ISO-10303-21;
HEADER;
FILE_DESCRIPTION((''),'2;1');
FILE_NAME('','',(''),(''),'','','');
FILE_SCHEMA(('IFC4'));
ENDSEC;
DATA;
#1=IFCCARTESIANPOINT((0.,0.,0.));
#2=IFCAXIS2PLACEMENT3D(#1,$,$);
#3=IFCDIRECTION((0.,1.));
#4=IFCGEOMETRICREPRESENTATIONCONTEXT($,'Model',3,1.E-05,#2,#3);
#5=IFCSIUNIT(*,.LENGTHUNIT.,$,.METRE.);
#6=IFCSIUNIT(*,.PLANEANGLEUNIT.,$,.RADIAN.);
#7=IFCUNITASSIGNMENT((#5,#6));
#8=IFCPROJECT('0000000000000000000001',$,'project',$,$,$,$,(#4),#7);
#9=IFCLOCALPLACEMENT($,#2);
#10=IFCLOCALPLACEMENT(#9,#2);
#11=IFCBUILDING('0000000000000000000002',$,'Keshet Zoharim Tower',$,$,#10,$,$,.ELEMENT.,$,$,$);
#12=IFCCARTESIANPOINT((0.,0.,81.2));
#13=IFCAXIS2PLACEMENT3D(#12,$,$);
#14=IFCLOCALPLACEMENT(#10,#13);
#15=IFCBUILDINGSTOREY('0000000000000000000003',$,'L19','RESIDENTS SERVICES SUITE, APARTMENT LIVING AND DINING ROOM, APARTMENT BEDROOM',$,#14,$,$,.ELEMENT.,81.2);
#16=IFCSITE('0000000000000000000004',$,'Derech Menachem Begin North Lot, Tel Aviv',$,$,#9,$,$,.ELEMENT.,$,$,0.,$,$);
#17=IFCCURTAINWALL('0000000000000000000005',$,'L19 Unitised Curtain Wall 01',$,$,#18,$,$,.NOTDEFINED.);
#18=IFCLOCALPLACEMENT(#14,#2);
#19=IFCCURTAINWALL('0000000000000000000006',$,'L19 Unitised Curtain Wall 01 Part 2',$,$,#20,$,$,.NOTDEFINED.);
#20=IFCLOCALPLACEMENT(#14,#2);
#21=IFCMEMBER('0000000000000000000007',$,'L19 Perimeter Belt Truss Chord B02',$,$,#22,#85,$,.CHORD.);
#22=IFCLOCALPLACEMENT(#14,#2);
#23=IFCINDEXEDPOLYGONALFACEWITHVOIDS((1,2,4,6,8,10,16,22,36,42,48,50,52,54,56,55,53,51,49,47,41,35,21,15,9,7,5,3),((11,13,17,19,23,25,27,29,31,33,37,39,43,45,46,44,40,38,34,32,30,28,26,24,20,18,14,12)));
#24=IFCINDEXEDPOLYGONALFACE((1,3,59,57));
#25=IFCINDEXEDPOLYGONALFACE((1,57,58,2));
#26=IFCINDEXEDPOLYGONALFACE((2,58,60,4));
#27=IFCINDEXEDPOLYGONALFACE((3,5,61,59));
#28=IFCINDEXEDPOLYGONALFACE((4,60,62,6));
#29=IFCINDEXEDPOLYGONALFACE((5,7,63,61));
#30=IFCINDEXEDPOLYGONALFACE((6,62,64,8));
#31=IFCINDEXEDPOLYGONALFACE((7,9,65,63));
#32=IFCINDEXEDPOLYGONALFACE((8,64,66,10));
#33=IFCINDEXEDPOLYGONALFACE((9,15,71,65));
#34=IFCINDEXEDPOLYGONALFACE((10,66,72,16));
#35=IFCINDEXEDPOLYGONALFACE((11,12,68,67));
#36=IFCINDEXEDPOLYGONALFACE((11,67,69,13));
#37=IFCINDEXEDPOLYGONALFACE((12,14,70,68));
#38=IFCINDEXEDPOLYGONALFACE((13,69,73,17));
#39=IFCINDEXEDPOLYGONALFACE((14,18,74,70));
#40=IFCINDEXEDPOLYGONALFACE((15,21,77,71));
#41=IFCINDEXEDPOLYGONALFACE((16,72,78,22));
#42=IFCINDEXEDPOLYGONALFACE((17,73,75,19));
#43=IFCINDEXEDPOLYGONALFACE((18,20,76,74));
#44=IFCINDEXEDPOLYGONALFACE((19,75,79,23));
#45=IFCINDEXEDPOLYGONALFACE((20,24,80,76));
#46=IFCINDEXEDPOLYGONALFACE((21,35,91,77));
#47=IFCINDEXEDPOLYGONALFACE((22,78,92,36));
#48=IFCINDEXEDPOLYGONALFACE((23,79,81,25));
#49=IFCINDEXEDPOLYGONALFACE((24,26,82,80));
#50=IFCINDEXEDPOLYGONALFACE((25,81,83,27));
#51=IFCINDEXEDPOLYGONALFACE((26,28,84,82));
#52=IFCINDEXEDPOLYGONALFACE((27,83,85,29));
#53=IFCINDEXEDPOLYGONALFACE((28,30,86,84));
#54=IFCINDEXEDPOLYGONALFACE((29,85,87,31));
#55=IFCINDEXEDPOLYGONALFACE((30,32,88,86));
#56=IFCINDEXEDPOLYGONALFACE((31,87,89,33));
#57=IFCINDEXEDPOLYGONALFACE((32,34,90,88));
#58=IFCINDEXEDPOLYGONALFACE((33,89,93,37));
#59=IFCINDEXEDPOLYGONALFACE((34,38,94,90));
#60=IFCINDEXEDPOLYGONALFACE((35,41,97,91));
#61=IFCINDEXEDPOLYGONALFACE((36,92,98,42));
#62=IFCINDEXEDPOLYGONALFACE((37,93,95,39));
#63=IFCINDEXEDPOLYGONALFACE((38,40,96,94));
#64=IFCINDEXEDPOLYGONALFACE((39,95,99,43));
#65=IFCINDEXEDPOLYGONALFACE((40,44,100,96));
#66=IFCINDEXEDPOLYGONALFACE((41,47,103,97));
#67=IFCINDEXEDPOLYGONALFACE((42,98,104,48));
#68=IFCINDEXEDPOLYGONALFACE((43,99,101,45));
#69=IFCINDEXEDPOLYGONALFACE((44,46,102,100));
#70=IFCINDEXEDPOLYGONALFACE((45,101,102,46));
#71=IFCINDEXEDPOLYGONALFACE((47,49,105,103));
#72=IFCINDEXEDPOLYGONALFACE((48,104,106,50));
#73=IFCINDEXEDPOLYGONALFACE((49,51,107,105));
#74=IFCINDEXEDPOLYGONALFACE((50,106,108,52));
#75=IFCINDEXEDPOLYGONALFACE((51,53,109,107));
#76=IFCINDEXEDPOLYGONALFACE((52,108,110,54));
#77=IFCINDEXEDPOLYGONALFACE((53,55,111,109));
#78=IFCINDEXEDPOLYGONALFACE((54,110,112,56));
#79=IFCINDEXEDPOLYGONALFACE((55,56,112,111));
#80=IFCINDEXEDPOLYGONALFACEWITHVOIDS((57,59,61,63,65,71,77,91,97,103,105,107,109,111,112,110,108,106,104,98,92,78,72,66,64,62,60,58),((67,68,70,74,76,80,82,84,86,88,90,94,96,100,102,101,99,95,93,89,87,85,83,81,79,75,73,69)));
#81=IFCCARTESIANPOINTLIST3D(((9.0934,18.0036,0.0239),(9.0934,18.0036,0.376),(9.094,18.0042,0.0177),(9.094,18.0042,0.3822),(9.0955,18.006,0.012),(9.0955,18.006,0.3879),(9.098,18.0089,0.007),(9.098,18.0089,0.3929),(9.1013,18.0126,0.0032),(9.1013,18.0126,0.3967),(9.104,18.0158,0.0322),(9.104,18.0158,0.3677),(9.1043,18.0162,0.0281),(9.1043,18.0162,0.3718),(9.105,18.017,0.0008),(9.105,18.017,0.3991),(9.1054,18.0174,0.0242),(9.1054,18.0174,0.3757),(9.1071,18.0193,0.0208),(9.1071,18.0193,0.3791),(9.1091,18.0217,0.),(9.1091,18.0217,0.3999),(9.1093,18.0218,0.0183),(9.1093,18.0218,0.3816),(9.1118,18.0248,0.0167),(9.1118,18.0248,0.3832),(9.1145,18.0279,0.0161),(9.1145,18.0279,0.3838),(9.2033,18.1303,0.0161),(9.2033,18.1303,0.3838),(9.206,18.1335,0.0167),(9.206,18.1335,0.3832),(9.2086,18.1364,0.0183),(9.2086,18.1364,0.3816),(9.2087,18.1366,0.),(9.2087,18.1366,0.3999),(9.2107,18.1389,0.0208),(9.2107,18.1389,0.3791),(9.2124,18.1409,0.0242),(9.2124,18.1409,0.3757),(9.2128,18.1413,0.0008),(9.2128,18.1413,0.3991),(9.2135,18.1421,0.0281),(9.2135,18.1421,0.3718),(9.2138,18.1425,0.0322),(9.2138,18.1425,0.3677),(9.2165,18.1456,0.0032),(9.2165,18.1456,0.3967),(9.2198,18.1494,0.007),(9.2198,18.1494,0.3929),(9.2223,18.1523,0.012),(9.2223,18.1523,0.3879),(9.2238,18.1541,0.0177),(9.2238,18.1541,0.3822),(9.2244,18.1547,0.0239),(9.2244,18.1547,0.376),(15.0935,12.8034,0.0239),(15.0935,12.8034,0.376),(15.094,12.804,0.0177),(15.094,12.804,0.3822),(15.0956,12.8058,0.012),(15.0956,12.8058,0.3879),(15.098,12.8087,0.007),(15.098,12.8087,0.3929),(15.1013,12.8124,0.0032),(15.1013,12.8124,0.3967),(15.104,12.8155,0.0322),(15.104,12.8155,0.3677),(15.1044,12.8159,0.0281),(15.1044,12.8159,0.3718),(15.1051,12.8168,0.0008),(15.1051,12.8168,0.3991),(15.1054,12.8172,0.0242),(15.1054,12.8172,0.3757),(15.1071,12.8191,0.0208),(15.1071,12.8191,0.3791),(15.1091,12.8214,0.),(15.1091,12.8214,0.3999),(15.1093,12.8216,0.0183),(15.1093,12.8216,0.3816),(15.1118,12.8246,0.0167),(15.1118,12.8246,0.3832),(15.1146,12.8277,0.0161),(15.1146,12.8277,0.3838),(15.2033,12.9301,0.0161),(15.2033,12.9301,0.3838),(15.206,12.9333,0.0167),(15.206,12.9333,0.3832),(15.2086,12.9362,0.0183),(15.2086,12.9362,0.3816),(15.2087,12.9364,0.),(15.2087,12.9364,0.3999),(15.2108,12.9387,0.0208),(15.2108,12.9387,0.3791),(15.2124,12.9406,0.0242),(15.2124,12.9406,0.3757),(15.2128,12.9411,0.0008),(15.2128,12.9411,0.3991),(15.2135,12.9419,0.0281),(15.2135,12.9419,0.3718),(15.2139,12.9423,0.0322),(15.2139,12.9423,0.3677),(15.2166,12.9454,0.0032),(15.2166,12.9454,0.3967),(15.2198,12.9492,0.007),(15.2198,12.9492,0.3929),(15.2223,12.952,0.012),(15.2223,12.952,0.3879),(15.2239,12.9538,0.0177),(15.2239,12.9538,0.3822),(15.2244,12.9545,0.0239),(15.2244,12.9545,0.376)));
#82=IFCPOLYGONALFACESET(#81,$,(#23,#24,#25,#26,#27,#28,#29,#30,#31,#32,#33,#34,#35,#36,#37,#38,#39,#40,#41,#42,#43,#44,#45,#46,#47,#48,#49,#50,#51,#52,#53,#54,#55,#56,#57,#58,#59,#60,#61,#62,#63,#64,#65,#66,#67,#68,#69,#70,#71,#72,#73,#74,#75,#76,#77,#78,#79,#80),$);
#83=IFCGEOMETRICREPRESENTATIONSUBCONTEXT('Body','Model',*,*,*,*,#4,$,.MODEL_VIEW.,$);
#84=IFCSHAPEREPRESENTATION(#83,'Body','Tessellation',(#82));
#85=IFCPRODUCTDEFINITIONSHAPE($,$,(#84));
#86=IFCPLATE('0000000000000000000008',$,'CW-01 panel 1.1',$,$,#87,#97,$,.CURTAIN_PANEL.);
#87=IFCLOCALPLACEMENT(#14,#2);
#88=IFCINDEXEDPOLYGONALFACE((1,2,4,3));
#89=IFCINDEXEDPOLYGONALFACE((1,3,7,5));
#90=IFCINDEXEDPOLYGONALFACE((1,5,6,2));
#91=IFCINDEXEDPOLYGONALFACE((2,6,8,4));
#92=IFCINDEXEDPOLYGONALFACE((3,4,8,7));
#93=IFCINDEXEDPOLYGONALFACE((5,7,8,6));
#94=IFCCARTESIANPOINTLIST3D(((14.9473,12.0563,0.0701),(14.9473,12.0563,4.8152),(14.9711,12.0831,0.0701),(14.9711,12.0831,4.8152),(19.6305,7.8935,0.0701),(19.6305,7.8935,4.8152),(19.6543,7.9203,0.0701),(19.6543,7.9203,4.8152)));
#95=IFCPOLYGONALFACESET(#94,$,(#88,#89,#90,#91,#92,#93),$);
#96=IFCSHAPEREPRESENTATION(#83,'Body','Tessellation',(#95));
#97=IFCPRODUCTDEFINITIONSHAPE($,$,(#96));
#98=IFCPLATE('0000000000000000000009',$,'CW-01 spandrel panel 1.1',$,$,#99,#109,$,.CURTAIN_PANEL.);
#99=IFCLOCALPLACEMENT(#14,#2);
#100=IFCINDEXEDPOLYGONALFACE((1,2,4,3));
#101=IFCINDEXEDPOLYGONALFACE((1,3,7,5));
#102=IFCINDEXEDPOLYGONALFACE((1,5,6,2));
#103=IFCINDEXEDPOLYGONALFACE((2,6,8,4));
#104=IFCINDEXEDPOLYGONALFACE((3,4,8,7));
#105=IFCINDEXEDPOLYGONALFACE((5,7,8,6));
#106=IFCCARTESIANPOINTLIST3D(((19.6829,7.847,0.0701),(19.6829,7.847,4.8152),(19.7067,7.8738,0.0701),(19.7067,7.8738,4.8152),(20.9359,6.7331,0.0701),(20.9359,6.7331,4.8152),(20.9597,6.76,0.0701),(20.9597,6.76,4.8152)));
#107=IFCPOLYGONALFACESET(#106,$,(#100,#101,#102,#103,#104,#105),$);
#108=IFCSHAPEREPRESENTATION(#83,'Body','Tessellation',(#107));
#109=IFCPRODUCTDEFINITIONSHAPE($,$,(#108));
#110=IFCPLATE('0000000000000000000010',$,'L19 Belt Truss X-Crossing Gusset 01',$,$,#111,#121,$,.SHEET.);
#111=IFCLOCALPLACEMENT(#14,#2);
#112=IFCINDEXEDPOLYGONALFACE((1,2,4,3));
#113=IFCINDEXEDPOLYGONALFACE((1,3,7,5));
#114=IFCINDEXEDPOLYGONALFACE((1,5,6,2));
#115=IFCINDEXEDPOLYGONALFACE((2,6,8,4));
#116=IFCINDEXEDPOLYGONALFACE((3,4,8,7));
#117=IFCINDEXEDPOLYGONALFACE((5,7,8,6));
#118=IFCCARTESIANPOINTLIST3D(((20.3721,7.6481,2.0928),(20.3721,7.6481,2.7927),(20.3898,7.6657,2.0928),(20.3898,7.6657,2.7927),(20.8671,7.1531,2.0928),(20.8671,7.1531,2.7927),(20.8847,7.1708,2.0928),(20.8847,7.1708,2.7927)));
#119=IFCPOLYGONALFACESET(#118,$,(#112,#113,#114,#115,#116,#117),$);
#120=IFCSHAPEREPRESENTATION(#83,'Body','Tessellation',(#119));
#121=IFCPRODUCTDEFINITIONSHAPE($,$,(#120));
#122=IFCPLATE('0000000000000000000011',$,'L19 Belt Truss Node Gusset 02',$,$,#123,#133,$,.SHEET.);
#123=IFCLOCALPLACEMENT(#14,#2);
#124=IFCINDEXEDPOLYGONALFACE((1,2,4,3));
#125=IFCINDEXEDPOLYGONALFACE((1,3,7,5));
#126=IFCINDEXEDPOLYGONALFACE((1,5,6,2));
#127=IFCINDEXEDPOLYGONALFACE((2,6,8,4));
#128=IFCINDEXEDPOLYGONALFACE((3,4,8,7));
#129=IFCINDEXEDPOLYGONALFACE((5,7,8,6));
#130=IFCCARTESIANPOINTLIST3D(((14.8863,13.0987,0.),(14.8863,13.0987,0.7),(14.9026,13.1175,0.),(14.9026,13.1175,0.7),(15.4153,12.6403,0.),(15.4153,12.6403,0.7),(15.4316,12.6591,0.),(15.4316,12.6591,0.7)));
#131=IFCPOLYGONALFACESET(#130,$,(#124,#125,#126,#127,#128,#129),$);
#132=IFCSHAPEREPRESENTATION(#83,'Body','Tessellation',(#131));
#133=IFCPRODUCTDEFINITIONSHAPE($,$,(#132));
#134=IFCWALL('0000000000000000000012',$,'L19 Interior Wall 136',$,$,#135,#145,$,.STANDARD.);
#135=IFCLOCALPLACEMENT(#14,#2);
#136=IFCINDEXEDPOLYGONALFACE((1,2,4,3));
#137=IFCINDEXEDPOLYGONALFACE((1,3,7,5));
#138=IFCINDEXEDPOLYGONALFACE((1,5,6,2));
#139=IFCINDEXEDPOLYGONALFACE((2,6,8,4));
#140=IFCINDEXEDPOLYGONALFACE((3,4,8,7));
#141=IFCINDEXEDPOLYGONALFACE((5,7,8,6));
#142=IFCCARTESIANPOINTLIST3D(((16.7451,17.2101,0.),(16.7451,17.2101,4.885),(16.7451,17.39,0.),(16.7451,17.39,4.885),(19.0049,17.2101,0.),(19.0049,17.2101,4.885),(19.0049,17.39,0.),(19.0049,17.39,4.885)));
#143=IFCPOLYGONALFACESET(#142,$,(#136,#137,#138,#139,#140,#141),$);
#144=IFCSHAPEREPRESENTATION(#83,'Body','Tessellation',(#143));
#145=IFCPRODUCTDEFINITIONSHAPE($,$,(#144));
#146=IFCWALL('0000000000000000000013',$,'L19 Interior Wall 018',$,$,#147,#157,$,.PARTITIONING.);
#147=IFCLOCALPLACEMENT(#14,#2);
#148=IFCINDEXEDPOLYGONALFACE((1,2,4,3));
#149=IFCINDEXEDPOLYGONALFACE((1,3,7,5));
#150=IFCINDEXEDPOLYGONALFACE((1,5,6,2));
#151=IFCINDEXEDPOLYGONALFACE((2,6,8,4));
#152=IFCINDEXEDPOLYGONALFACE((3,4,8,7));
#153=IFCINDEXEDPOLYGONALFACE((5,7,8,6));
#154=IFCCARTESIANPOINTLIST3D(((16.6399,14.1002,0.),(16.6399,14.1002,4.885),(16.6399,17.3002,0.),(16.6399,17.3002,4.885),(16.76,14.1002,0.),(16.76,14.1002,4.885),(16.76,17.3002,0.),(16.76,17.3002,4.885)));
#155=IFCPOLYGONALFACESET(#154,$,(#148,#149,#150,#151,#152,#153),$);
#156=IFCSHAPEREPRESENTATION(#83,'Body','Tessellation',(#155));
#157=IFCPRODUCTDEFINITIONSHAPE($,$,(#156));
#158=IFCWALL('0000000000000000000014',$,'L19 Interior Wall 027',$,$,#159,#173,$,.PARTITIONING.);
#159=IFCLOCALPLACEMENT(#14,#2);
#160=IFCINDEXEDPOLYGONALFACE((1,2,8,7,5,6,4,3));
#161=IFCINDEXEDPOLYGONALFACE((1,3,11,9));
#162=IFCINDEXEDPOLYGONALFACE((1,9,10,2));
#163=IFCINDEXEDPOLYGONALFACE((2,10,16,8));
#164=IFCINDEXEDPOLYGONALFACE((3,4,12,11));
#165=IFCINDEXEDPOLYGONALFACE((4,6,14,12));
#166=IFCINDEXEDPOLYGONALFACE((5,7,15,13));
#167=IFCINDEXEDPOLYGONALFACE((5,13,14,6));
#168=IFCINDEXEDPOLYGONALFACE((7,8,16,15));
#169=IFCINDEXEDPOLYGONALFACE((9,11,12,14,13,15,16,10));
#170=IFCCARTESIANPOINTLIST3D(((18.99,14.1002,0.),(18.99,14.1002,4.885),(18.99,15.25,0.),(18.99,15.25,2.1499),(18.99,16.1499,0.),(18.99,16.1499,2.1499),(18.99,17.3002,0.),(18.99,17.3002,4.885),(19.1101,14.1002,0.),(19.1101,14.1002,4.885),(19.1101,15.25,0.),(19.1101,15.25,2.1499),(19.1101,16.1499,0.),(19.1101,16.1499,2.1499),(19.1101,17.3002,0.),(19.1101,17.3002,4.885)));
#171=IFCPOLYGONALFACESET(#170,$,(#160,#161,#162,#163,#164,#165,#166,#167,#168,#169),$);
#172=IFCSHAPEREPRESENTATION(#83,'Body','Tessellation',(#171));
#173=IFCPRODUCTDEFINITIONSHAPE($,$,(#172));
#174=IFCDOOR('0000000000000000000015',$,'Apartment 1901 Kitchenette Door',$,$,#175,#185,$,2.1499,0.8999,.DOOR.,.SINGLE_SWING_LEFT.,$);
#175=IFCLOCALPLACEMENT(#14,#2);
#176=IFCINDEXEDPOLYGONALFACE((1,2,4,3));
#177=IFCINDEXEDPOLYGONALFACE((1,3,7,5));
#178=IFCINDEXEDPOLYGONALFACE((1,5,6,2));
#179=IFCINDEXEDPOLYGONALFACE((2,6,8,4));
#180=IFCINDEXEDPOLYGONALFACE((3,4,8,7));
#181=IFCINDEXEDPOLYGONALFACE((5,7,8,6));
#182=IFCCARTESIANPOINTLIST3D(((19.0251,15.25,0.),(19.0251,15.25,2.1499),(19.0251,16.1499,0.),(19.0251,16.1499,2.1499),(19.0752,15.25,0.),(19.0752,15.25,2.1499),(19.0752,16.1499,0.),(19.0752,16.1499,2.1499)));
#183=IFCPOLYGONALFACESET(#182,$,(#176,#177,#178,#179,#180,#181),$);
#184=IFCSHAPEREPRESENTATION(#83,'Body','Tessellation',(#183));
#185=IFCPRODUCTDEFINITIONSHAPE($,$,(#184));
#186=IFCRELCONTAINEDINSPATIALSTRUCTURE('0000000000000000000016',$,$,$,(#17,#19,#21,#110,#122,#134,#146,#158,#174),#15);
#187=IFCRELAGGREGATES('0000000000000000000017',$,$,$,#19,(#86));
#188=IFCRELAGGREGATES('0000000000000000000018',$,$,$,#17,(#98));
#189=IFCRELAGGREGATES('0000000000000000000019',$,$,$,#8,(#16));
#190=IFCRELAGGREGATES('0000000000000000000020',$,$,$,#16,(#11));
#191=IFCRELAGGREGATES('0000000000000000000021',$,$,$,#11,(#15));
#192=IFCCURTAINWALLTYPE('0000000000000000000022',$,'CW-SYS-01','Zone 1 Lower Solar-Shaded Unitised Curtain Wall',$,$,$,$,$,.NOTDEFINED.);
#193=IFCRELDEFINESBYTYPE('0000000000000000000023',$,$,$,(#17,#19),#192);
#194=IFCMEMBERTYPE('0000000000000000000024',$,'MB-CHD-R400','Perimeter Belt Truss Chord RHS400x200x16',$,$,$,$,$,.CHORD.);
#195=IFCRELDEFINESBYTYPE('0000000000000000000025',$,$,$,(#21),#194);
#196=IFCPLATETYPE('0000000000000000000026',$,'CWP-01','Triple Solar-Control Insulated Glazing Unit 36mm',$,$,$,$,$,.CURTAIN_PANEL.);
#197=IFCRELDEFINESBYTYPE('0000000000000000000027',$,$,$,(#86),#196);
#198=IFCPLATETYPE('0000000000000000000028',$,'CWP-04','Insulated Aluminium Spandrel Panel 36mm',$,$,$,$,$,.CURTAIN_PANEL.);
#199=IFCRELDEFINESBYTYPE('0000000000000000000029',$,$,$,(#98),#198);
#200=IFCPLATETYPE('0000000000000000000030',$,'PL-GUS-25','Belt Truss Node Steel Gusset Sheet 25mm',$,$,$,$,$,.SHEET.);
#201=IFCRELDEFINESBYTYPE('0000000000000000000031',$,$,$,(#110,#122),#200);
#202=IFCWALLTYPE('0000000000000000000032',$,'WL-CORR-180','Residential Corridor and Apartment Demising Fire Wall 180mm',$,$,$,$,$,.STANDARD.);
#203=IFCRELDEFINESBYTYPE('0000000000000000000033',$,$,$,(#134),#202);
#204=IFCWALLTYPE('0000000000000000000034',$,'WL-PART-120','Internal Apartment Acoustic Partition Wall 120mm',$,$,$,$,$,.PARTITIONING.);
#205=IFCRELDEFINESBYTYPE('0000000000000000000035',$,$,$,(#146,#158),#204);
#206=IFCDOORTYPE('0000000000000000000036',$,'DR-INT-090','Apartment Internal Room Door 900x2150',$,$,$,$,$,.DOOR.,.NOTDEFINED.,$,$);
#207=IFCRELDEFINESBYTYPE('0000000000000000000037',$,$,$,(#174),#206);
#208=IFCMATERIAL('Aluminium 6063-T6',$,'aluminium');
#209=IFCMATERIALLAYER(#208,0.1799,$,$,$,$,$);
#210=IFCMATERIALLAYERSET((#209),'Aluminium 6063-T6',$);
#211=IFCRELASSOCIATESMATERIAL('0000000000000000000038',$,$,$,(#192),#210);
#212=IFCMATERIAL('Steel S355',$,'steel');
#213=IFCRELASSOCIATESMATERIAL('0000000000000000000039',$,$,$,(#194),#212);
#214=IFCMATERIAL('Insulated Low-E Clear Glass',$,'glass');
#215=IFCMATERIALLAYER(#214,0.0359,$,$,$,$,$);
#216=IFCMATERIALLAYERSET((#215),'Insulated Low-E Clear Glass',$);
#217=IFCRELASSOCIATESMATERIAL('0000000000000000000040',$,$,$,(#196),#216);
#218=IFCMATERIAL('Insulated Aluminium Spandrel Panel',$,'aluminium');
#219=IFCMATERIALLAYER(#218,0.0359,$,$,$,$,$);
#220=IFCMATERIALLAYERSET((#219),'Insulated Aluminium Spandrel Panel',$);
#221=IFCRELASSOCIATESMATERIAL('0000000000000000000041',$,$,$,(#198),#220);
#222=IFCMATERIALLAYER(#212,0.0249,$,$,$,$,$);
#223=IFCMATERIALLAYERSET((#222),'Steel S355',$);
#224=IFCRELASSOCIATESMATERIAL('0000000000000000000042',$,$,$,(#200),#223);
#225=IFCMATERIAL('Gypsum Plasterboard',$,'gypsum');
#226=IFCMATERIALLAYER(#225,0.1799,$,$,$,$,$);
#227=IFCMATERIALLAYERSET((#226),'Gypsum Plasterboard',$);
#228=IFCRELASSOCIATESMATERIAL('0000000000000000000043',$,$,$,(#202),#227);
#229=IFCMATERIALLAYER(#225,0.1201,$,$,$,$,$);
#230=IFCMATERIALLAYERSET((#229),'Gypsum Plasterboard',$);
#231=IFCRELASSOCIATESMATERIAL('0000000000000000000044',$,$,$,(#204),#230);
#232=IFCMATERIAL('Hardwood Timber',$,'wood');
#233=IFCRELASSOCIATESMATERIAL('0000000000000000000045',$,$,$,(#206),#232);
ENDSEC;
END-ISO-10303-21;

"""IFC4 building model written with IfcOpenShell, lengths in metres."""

from ifc_helpers import new_model, si_unit, direction, frame, frame_2d, origin, origin_2d, place, context, subcontext, project, spatial, rectangle, hollow_rectangle, extrude, material, layer, layer_set, material_profile, profile_set, type_object, element, fill, aggregate, save


model = new_model("IFC4")

# Units and contexts
model_context = context("Model", 3, precision=1e-05, world=origin(), true_north=direction((0.0, 1.0)))
body_context = subcontext(model_context, "Body", "Model", "MODEL_VIEW")
ifc_project = project(units=[si_unit("LENGTHUNIT", "METRE"), si_unit("PLANEANGLEUNIT", "RADIAN")], contexts=[model_context])

# Site, building, storey
site_placement = place(None, origin())
site = spatial("IfcSite", under=ifc_project, at=site_placement, Name="Derech Menachem Begin North Lot, Tel Aviv", CompositionType="ELEMENT", RefElevation=0.0)
building_placement = place(site_placement, origin())
building = spatial("IfcBuilding", under=site, at=building_placement, Name="Keshet Zoharim Tower", CompositionType="ELEMENT")
storey_placement = place(building_placement, frame((0.0, 0.0, 81.2)))
storey = spatial("IfcBuildingStorey", under=building, at=storey_placement, Name="L19", Description="RESIDENTS SERVICES SUITE, APARTMENT LIVING AND DINING ROOM, APARTMENT BEDROOM", CompositionType="ELEMENT", Elevation=81.2)

# Shared definitions
ifc_material_1 = material(Name="Steel S355", Category="steel")

# Curtain walls
ifc_material_2 = material(Name="Aluminium 6063-T6", Category="aluminium")
ifc_layer_1 = layer(ifc_material_2, 0.1799)
ifc_layer_set_1 = layer_set([ifc_layer_1], Name="Aluminium 6063-T6")
curtain_wall_type = type_object("IfcCurtainWallType", Name="CW-SYS-01", Description="Zone 1 Lower Solar-Shaded Unitised Curtain Wall", PredefinedType="NOTDEFINED", material=ifc_layer_set_1)
curtain_wall_1_placement = place(storey_placement, origin())
curtain_wall_1 = element("IfcCurtainWall", 1, at=curtain_wall_1_placement, inside=storey, type_object=curtain_wall_type, Name="L19 Unitised Curtain Wall 01", PredefinedType="NOTDEFINED")
curtain_wall_2_placement = place(storey_placement, origin())
curtain_wall_2 = element("IfcCurtainWall", 2, at=curtain_wall_2_placement, inside=storey, type_object=curtain_wall_type, Name="L19 Unitised Curtain Wall 01 Part 2", PredefinedType="NOTDEFINED")

# Member
ifc_material_profile_1 = material_profile(ifc_material_1, hollow_rectangle(XDim=0.2, YDim=0.3999, WallThickness=0.0161, InnerFilletRadius=0.0161, OuterFilletRadius=0.0239, at=origin_2d()), Name="RHS400x200x16")
ifc_profile_set_1 = profile_set([ifc_material_profile_1], Name="Steel S355")
member_type_1 = type_object("IfcMemberType", Name="MB-CHD-R400", Description="Perimeter Belt Truss Chord RHS400x200x16", PredefinedType="CHORD", material=ifc_profile_set_1)
member_1_placement = place(storey_placement, frame((15.1589, 12.8789, 0.2), z_axis=(-0.755677, 0.654945, 0.0), x_axis=(-0.654945, -0.755677, 0.0)))
element("IfcMember", 3, at=member_1_placement, inside=storey, type_object=member_type_1, Name="L19 Perimeter Belt Truss Chord B02", PredefinedType="CHORD", context=body_context, shape_type="SweptSolid", body=[
    extrude(hollow_rectangle(XDim=0.2, YDim=0.3999, WallThickness=0.0161, InnerFilletRadius=0.0161, OuterFilletRadius=0.0239, at=origin_2d()), origin(), (0.0, 0.0, 1.0), 7.9399),
])

# Plates
ifc_material_3 = material(Name="Insulated Low-E Clear Glass", Category="glass")
ifc_layer_2 = layer(ifc_material_3, 0.0359)
ifc_layer_set_2 = layer_set([ifc_layer_2], Name="Insulated Low-E Clear Glass")
plate_type_1 = type_object("IfcPlateType", Name="CWP-01", Description="Triple Solar-Control Insulated Glazing Unit 36mm", PredefinedType="CURTAIN_PANEL", material=ifc_layer_set_2)
plate_1_placement = place(storey_placement, frame((17.3008, 9.9883, 0.0701), z_axis=(0.0, 0.0, 1.0), x_axis=(-0.747412, 0.664361, 0.0)))
plate_1 = element("IfcPlate", 4, at=plate_1_placement, type_object=plate_type_1, Name="CW-01 panel 1.1", PredefinedType="CURTAIN_PANEL", context=body_context, shape_type="SweptSolid", body=[
    extrude(rectangle(XDim=6.2659, YDim=0.0359, at=origin_2d()), origin(), (0.0, 0.0, 1.0), 4.7451),
])
aggregate(curtain_wall_2, [plate_1])
ifc_material_4 = material(Name="Insulated Aluminium Spandrel Panel", Category="aluminium")
ifc_layer_3 = layer(ifc_material_4, 0.0359)
ifc_layer_set_3 = layer_set([ifc_layer_3], Name="Insulated Aluminium Spandrel Panel")
plate_type_2 = type_object("IfcPlateType", Name="CWP-04", Description="Insulated Aluminium Spandrel Panel 36mm", PredefinedType="CURTAIN_PANEL", material=ifc_layer_set_3)
plate_2_placement = place(storey_placement, frame((20.3213, 7.3035, 0.0701), z_axis=(0.0, 0.0, 1.0), x_axis=(-0.747397, 0.664378, 0.0)))
plate_2 = element("IfcPlate", 5, at=plate_2_placement, type_object=plate_type_2, Name="CW-01 spandrel panel 1.1", PredefinedType="CURTAIN_PANEL", context=body_context, shape_type="SweptSolid", body=[
    extrude(rectangle(XDim=1.6765, YDim=0.0359, at=origin_2d()), origin(), (0.0, 0.0, 1.0), 4.7451),
])
aggregate(curtain_wall_1, [plate_2])

# Plates
ifc_layer_4 = layer(ifc_material_1, 0.0249)
ifc_layer_set_4 = layer_set([ifc_layer_4], Name="Steel S355")
plate_type_3 = type_object("IfcPlateType", Name="PL-GUS-25", Description="Belt Truss Node Steel Gusset Sheet 25mm", PredefinedType="SHEET", material=ifc_layer_set_4)
for number, where, z_axis, x_axis, name in (
    (6, (20.6284, 7.4094, 2.0928), (0.0, 0.0, 1.0), (-0.707107, 0.707107, 0.0), "L19 Belt Truss X-Crossing Gusset 01"),
    (7, (15.1589, 12.8789, 0.0), (0.0, 0.0, 1.0), (-0.755689, 0.654931, 0.0), "L19 Belt Truss Node Gusset 02"),
):
    element("IfcPlate", number, at=place(storey_placement, frame(where, z_axis=z_axis, x_axis=x_axis)), inside=storey, type_object=plate_type_3, Name=name, PredefinedType="SHEET", context=body_context, shape_type="SweptSolid", body=[
        extrude(rectangle(XDim=0.7, YDim=0.0249, at=origin_2d()), origin(), (0.0, 0.0, 1.0), 0.7),
    ])

# Wall
ifc_material_5 = material(Name="Gypsum Plasterboard", Category="gypsum")
ifc_layer_5 = layer(ifc_material_5, 0.1799)
ifc_layer_set_5 = layer_set([ifc_layer_5], Name="Gypsum Plasterboard")
wall_type_1 = type_object("IfcWallType", Name="WL-CORR-180", Description="Residential Corridor and Apartment Demising Fire Wall 180mm", PredefinedType="STANDARD", material=ifc_layer_set_5)
wall_1_placement = place(storey_placement, frame((16.7451, 17.3, 0.0), z_axis=(0.0, 0.0, 1.0), x_axis=(1.0, 0.0, 0.0)))
element("IfcWall", 8, at=wall_1_placement, inside=storey, type_object=wall_type_1, Name="L19 Interior Wall 136", PredefinedType="STANDARD", context=body_context, shape_type="SweptSolid", body=[
    extrude(rectangle(XDim=2.2598, YDim=0.1799, at=frame_2d((1.1299, 0.0))), origin(), (0.0, 0.0, 1.0), 4.885),
])

# Shared definitions
ifc_material_6 = material(Name="Hardwood Timber", Category="wood")

# Wall
ifc_layer_6 = layer(ifc_material_5, 0.1201)
ifc_layer_set_6 = layer_set([ifc_layer_6], Name="Gypsum Plasterboard")
wall_type_2 = type_object("IfcWallType", Name="WL-PART-120", Description="Internal Apartment Acoustic Partition Wall 120mm", PredefinedType="PARTITIONING", material=ifc_layer_set_6)
wall_2_placement = place(storey_placement, frame((16.7, 14.1001, 0.0), z_axis=(0.0, 0.0, 1.0), x_axis=(0.0, 1.0, 0.0)))
element("IfcWall", 9, at=wall_2_placement, inside=storey, type_object=wall_type_2, Name="L19 Interior Wall 018", PredefinedType="PARTITIONING", context=body_context, shape_type="SweptSolid", body=[
    extrude(rectangle(XDim=3.2, YDim=0.1201, at=frame_2d((1.6001, 0.0))), origin(), (0.0, 0.0, 1.0), 4.885),
])

# Wall, opening, door
wall_3_placement = place(storey_placement, frame((19.05, 14.1001, 0.0), z_axis=(0.0, 0.0, 1.0), x_axis=(0.0, 1.0, 0.0)))
wall_3 = element("IfcWall", 10, at=wall_3_placement, inside=storey, type_object=wall_type_2, Name="L19 Interior Wall 027", PredefinedType="PARTITIONING", context=body_context, shape_type="SweptSolid", body=[
    extrude(rectangle(XDim=3.2, YDim=0.1201, at=frame_2d((1.6001, 0.0))), origin(), (0.0, 0.0, 1.0), 4.885),
])
opening_1_placement = place(wall_3_placement, frame((1.1499, 0.0, 0.0)))
opening_1 = element("IfcOpeningElement", 11, at=opening_1_placement, cuts=wall_3, PredefinedType="OPENING", context=body_context, shape_type="SweptSolid", body=[
    extrude(rectangle(XDim=0.8999, YDim=2.1499, at=frame_2d((0.45, 1.075))), frame((0.0, 0.0701, 0.0), z_axis=(0.0, -1.0, 0.0), x_axis=(1.0, 0.0, 0.0)), (0.0, 0.0, 1.0), 0.1401),
])
door_type_1 = type_object("IfcDoorType", Name="DR-INT-090", Description="Apartment Internal Room Door 900x2150", OperationType="NOTDEFINED", PredefinedType="DOOR", material=ifc_material_6)
door_1_placement = place(opening_1_placement, origin())
door_1 = element("IfcDoor", 12, at=door_1_placement, inside=storey, type_object=door_type_1, Name="Apartment 1901 Kitchenette Door", OperationType="SINGLE_SWING_LEFT", OverallHeight=2.1499, OverallWidth=0.8999, PredefinedType="DOOR", context=body_context, shape_type="SweptSolid", body=[
    extrude(rectangle(XDim=0.8999, YDim=2.1499, at=frame_2d((0.45, 1.075))), frame((0.0, 0.0249, 0.0), z_axis=(0.0, -1.0, 0.0), x_axis=(1.0, 0.0, 0.0)), (0.0, 0.0, 1.0), 0.05),
])
fill(opening_1, door_1)

save(model, "model.ifc")
